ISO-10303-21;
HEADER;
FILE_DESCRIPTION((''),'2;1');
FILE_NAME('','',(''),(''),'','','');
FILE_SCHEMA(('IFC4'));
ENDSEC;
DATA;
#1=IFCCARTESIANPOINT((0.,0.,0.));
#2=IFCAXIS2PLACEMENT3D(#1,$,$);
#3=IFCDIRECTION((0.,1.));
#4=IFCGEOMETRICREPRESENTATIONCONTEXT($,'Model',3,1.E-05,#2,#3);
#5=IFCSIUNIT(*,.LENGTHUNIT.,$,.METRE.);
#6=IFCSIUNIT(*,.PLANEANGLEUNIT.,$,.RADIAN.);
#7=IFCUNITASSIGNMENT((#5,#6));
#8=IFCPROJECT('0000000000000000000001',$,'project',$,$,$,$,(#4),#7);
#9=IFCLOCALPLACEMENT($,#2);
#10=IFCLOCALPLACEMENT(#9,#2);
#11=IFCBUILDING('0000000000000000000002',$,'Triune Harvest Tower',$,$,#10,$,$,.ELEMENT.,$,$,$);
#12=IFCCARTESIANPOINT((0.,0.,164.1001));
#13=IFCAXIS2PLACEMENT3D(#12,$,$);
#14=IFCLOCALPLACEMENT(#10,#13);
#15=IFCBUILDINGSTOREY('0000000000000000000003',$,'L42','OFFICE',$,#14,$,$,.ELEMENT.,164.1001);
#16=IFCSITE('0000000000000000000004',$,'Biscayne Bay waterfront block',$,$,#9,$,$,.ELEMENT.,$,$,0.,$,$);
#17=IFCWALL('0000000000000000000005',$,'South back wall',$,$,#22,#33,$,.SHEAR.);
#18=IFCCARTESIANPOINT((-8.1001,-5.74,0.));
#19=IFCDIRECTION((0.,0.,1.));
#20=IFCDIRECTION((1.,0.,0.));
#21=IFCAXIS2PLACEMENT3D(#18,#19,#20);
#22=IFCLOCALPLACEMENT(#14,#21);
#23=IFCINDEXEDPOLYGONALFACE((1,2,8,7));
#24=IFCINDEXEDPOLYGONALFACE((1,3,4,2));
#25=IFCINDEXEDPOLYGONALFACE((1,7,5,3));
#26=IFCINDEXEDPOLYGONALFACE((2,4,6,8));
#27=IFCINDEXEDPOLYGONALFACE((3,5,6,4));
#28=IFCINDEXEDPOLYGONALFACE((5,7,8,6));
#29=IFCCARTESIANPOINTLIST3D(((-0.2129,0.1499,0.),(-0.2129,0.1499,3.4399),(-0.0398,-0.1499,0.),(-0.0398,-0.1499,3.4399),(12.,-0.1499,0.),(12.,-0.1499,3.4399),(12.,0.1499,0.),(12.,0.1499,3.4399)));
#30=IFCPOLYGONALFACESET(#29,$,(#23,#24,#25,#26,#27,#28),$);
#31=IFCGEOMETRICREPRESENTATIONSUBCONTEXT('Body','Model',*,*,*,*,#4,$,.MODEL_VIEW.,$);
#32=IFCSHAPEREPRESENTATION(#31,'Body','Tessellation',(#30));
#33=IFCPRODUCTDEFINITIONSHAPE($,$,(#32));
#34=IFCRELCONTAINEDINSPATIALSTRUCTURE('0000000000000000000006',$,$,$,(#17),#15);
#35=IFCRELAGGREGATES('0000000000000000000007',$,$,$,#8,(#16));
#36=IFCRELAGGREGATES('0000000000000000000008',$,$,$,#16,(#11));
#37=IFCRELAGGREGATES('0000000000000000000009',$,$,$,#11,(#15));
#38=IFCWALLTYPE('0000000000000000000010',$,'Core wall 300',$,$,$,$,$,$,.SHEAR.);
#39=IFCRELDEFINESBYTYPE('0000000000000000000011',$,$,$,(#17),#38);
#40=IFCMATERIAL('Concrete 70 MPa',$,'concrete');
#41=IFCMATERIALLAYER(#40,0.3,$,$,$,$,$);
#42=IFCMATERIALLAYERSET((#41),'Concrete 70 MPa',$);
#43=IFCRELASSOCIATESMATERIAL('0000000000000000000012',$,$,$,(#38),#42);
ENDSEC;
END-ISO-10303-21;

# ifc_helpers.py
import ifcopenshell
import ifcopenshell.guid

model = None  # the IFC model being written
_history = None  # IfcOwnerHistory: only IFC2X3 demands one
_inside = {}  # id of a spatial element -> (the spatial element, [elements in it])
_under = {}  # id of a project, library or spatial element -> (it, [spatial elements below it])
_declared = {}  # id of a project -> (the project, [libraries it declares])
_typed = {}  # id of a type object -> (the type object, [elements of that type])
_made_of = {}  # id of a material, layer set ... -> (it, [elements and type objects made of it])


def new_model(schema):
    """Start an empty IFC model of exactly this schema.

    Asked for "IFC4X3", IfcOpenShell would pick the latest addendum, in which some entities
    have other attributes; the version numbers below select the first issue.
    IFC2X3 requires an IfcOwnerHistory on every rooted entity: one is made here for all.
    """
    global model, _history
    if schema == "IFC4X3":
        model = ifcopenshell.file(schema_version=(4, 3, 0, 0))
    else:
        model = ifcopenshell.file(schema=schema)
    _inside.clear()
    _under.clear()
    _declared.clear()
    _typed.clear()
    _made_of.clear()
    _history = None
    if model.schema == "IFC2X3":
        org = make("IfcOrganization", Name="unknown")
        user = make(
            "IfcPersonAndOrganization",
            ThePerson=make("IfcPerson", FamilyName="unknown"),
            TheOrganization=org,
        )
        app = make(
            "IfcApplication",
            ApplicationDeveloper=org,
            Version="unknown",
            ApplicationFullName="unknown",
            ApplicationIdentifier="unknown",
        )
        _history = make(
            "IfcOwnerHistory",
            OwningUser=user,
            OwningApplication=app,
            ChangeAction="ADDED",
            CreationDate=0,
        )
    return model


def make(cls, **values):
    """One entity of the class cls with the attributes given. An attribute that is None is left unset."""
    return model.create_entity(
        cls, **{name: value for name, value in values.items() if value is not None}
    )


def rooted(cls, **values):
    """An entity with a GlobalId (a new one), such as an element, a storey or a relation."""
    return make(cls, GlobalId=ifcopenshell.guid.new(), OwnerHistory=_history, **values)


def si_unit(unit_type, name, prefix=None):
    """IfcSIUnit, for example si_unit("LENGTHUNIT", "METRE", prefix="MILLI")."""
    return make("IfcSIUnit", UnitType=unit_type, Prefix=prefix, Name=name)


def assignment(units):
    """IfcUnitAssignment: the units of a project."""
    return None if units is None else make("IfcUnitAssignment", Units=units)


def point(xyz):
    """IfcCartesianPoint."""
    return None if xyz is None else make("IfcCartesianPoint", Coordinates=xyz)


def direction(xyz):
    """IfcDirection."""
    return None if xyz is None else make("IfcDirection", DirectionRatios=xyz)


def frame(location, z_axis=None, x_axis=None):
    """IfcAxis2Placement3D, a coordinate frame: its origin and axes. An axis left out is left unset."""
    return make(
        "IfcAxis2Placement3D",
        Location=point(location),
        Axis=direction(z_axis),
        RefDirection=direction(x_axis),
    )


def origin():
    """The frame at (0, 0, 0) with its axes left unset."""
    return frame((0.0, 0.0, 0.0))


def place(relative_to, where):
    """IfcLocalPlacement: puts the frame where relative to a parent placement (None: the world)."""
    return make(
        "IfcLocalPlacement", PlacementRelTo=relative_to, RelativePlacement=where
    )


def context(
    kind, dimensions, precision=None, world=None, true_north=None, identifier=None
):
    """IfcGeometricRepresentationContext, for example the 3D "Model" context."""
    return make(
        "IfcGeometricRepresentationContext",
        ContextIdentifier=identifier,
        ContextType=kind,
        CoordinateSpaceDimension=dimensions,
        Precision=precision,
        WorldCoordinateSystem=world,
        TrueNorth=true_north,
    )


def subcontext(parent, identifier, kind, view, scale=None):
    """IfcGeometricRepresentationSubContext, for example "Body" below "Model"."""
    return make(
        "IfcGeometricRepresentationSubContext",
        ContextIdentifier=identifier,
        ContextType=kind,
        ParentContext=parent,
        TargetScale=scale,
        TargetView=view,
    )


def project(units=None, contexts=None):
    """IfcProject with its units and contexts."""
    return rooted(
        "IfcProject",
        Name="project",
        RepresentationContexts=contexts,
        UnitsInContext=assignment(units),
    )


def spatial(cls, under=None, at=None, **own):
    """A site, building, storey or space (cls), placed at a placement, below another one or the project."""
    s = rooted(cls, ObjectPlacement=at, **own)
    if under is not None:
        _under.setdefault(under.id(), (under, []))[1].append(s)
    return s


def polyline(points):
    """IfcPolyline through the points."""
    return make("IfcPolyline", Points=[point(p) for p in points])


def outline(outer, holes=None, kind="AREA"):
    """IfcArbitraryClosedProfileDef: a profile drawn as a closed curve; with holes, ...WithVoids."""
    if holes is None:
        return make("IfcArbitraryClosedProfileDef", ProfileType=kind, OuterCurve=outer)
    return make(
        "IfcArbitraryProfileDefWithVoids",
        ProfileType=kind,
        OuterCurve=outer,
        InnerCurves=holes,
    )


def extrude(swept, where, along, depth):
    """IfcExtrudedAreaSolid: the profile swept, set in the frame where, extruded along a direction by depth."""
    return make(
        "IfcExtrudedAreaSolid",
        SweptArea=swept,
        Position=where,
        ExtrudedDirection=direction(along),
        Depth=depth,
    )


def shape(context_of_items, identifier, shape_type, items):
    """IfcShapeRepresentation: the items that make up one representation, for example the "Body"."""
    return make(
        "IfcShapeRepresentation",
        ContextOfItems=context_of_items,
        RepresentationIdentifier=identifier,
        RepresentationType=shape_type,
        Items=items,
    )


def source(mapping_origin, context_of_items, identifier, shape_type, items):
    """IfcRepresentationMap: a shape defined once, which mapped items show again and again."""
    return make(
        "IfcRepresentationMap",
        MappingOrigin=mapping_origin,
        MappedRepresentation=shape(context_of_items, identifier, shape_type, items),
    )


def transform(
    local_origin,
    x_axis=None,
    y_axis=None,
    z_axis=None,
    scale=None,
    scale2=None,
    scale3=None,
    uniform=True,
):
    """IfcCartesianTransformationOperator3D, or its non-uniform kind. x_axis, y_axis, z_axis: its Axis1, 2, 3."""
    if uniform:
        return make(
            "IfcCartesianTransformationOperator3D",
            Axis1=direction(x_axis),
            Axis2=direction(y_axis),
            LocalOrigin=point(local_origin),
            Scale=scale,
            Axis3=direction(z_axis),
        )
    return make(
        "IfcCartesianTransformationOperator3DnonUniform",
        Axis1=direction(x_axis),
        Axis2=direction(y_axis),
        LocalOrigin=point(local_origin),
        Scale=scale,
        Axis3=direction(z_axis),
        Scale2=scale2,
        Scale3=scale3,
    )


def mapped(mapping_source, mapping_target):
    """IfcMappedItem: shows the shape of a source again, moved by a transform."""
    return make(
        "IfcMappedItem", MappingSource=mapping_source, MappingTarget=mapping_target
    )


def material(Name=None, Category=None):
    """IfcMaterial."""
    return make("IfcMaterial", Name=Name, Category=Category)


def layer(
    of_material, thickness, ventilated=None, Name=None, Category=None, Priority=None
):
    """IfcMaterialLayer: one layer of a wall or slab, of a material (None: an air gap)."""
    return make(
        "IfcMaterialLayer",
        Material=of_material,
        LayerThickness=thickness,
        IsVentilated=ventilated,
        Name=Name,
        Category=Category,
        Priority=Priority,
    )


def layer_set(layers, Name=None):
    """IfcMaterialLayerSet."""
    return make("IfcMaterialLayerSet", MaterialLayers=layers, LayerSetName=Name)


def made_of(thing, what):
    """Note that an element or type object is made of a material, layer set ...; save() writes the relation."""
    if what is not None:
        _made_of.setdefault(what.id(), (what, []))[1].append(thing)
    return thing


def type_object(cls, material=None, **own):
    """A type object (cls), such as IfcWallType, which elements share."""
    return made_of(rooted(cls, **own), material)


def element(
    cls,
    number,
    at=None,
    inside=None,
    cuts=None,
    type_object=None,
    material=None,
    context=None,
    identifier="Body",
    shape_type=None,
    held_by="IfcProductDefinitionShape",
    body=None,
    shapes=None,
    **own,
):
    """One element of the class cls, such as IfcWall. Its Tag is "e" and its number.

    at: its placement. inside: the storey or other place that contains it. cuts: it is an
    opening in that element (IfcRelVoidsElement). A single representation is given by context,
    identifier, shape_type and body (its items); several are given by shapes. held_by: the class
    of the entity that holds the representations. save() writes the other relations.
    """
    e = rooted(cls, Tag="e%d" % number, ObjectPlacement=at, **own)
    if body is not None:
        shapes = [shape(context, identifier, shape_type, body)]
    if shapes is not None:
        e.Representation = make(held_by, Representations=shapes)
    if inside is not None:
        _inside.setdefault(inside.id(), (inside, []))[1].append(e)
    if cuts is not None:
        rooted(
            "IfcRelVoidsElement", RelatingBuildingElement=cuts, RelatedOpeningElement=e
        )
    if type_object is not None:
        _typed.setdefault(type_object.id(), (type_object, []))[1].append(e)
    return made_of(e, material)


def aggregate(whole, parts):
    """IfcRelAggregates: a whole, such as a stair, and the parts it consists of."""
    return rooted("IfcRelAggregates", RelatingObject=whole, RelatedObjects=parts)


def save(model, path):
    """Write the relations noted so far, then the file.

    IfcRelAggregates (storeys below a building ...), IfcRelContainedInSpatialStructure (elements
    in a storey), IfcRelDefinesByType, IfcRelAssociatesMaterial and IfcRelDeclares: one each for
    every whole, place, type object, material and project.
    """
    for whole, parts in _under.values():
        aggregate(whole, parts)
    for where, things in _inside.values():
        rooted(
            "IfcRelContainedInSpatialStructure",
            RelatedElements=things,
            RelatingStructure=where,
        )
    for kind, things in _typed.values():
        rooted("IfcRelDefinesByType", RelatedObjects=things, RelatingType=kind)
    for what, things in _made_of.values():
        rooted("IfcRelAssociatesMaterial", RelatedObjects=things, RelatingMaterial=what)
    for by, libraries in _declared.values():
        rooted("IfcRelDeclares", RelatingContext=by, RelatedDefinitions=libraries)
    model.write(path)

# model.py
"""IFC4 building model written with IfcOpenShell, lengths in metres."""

from ifc_helpers import new_model, si_unit, direction, frame, origin, place, context, subcontext, project, spatial, polyline, outline, extrude, source, transform, mapped, material, layer, layer_set, type_object, element, save


model = new_model("IFC4")

# Units and contexts
model_context = context("Model", 3, precision=1e-05, world=origin(), true_north=direction((0.0, 1.0)))
body_context = subcontext(model_context, "Body", "Model", "MODEL_VIEW")
ifc_project = project(units=[si_unit("LENGTHUNIT", "METRE"), si_unit("PLANEANGLEUNIT", "RADIAN")], contexts=[model_context])

# Site, building, storey
site_placement = place(None, origin())
site = spatial("IfcSite", under=ifc_project, at=site_placement, Name="Biscayne Bay waterfront block", CompositionType="ELEMENT", RefElevation=0.0)
building_placement = place(site_placement, origin())
building = spatial("IfcBuilding", under=site, at=building_placement, Name="Triune Harvest Tower", CompositionType="ELEMENT")
storey_placement = place(building_placement, frame((0.0, 0.0, 164.1001)))
storey = spatial("IfcBuildingStorey", under=building, at=storey_placement, Name="L42", Description="OFFICE", CompositionType="ELEMENT", Elevation=164.1001)

# Wall
ifc_material_1 = material(Name="Concrete 70 MPa", Category="concrete")
ifc_layer_1 = layer(ifc_material_1, 0.3)
ifc_layer_set_1 = layer_set([ifc_layer_1], Name="Concrete 70 MPa")
wall_type_1 = type_object("IfcWallType", Name="Core wall 300", PredefinedType="SHEAR", material=ifc_layer_set_1)
shared_shape_1 = source(origin(), body_context, "Body", "SweptSolid", [
    extrude(outline(polyline([(12.0, -0.1499), (-0.0398, -0.1499), (-0.2129, 0.1499), (12.0, 0.1499), (12.0, -0.1499)])), origin(), (0.0, 0.0, 1.0), 3.4399),
])
wall_1_placement = place(storey_placement, frame((-8.1001, -5.74, 0.0), z_axis=(0.0, 0.0, 1.0), x_axis=(1.0, 0.0, 0.0)))
element("IfcWall", 1, at=wall_1_placement, inside=storey, type_object=wall_type_1, Name="South back wall", PredefinedType="SHEAR", context=body_context, shape_type="MappedRepresentation", body=[
    mapped(shared_shape_1, transform((0.0, 0.0, 0.0), scale=1.0)),
])

save(model, "model.ifc")
